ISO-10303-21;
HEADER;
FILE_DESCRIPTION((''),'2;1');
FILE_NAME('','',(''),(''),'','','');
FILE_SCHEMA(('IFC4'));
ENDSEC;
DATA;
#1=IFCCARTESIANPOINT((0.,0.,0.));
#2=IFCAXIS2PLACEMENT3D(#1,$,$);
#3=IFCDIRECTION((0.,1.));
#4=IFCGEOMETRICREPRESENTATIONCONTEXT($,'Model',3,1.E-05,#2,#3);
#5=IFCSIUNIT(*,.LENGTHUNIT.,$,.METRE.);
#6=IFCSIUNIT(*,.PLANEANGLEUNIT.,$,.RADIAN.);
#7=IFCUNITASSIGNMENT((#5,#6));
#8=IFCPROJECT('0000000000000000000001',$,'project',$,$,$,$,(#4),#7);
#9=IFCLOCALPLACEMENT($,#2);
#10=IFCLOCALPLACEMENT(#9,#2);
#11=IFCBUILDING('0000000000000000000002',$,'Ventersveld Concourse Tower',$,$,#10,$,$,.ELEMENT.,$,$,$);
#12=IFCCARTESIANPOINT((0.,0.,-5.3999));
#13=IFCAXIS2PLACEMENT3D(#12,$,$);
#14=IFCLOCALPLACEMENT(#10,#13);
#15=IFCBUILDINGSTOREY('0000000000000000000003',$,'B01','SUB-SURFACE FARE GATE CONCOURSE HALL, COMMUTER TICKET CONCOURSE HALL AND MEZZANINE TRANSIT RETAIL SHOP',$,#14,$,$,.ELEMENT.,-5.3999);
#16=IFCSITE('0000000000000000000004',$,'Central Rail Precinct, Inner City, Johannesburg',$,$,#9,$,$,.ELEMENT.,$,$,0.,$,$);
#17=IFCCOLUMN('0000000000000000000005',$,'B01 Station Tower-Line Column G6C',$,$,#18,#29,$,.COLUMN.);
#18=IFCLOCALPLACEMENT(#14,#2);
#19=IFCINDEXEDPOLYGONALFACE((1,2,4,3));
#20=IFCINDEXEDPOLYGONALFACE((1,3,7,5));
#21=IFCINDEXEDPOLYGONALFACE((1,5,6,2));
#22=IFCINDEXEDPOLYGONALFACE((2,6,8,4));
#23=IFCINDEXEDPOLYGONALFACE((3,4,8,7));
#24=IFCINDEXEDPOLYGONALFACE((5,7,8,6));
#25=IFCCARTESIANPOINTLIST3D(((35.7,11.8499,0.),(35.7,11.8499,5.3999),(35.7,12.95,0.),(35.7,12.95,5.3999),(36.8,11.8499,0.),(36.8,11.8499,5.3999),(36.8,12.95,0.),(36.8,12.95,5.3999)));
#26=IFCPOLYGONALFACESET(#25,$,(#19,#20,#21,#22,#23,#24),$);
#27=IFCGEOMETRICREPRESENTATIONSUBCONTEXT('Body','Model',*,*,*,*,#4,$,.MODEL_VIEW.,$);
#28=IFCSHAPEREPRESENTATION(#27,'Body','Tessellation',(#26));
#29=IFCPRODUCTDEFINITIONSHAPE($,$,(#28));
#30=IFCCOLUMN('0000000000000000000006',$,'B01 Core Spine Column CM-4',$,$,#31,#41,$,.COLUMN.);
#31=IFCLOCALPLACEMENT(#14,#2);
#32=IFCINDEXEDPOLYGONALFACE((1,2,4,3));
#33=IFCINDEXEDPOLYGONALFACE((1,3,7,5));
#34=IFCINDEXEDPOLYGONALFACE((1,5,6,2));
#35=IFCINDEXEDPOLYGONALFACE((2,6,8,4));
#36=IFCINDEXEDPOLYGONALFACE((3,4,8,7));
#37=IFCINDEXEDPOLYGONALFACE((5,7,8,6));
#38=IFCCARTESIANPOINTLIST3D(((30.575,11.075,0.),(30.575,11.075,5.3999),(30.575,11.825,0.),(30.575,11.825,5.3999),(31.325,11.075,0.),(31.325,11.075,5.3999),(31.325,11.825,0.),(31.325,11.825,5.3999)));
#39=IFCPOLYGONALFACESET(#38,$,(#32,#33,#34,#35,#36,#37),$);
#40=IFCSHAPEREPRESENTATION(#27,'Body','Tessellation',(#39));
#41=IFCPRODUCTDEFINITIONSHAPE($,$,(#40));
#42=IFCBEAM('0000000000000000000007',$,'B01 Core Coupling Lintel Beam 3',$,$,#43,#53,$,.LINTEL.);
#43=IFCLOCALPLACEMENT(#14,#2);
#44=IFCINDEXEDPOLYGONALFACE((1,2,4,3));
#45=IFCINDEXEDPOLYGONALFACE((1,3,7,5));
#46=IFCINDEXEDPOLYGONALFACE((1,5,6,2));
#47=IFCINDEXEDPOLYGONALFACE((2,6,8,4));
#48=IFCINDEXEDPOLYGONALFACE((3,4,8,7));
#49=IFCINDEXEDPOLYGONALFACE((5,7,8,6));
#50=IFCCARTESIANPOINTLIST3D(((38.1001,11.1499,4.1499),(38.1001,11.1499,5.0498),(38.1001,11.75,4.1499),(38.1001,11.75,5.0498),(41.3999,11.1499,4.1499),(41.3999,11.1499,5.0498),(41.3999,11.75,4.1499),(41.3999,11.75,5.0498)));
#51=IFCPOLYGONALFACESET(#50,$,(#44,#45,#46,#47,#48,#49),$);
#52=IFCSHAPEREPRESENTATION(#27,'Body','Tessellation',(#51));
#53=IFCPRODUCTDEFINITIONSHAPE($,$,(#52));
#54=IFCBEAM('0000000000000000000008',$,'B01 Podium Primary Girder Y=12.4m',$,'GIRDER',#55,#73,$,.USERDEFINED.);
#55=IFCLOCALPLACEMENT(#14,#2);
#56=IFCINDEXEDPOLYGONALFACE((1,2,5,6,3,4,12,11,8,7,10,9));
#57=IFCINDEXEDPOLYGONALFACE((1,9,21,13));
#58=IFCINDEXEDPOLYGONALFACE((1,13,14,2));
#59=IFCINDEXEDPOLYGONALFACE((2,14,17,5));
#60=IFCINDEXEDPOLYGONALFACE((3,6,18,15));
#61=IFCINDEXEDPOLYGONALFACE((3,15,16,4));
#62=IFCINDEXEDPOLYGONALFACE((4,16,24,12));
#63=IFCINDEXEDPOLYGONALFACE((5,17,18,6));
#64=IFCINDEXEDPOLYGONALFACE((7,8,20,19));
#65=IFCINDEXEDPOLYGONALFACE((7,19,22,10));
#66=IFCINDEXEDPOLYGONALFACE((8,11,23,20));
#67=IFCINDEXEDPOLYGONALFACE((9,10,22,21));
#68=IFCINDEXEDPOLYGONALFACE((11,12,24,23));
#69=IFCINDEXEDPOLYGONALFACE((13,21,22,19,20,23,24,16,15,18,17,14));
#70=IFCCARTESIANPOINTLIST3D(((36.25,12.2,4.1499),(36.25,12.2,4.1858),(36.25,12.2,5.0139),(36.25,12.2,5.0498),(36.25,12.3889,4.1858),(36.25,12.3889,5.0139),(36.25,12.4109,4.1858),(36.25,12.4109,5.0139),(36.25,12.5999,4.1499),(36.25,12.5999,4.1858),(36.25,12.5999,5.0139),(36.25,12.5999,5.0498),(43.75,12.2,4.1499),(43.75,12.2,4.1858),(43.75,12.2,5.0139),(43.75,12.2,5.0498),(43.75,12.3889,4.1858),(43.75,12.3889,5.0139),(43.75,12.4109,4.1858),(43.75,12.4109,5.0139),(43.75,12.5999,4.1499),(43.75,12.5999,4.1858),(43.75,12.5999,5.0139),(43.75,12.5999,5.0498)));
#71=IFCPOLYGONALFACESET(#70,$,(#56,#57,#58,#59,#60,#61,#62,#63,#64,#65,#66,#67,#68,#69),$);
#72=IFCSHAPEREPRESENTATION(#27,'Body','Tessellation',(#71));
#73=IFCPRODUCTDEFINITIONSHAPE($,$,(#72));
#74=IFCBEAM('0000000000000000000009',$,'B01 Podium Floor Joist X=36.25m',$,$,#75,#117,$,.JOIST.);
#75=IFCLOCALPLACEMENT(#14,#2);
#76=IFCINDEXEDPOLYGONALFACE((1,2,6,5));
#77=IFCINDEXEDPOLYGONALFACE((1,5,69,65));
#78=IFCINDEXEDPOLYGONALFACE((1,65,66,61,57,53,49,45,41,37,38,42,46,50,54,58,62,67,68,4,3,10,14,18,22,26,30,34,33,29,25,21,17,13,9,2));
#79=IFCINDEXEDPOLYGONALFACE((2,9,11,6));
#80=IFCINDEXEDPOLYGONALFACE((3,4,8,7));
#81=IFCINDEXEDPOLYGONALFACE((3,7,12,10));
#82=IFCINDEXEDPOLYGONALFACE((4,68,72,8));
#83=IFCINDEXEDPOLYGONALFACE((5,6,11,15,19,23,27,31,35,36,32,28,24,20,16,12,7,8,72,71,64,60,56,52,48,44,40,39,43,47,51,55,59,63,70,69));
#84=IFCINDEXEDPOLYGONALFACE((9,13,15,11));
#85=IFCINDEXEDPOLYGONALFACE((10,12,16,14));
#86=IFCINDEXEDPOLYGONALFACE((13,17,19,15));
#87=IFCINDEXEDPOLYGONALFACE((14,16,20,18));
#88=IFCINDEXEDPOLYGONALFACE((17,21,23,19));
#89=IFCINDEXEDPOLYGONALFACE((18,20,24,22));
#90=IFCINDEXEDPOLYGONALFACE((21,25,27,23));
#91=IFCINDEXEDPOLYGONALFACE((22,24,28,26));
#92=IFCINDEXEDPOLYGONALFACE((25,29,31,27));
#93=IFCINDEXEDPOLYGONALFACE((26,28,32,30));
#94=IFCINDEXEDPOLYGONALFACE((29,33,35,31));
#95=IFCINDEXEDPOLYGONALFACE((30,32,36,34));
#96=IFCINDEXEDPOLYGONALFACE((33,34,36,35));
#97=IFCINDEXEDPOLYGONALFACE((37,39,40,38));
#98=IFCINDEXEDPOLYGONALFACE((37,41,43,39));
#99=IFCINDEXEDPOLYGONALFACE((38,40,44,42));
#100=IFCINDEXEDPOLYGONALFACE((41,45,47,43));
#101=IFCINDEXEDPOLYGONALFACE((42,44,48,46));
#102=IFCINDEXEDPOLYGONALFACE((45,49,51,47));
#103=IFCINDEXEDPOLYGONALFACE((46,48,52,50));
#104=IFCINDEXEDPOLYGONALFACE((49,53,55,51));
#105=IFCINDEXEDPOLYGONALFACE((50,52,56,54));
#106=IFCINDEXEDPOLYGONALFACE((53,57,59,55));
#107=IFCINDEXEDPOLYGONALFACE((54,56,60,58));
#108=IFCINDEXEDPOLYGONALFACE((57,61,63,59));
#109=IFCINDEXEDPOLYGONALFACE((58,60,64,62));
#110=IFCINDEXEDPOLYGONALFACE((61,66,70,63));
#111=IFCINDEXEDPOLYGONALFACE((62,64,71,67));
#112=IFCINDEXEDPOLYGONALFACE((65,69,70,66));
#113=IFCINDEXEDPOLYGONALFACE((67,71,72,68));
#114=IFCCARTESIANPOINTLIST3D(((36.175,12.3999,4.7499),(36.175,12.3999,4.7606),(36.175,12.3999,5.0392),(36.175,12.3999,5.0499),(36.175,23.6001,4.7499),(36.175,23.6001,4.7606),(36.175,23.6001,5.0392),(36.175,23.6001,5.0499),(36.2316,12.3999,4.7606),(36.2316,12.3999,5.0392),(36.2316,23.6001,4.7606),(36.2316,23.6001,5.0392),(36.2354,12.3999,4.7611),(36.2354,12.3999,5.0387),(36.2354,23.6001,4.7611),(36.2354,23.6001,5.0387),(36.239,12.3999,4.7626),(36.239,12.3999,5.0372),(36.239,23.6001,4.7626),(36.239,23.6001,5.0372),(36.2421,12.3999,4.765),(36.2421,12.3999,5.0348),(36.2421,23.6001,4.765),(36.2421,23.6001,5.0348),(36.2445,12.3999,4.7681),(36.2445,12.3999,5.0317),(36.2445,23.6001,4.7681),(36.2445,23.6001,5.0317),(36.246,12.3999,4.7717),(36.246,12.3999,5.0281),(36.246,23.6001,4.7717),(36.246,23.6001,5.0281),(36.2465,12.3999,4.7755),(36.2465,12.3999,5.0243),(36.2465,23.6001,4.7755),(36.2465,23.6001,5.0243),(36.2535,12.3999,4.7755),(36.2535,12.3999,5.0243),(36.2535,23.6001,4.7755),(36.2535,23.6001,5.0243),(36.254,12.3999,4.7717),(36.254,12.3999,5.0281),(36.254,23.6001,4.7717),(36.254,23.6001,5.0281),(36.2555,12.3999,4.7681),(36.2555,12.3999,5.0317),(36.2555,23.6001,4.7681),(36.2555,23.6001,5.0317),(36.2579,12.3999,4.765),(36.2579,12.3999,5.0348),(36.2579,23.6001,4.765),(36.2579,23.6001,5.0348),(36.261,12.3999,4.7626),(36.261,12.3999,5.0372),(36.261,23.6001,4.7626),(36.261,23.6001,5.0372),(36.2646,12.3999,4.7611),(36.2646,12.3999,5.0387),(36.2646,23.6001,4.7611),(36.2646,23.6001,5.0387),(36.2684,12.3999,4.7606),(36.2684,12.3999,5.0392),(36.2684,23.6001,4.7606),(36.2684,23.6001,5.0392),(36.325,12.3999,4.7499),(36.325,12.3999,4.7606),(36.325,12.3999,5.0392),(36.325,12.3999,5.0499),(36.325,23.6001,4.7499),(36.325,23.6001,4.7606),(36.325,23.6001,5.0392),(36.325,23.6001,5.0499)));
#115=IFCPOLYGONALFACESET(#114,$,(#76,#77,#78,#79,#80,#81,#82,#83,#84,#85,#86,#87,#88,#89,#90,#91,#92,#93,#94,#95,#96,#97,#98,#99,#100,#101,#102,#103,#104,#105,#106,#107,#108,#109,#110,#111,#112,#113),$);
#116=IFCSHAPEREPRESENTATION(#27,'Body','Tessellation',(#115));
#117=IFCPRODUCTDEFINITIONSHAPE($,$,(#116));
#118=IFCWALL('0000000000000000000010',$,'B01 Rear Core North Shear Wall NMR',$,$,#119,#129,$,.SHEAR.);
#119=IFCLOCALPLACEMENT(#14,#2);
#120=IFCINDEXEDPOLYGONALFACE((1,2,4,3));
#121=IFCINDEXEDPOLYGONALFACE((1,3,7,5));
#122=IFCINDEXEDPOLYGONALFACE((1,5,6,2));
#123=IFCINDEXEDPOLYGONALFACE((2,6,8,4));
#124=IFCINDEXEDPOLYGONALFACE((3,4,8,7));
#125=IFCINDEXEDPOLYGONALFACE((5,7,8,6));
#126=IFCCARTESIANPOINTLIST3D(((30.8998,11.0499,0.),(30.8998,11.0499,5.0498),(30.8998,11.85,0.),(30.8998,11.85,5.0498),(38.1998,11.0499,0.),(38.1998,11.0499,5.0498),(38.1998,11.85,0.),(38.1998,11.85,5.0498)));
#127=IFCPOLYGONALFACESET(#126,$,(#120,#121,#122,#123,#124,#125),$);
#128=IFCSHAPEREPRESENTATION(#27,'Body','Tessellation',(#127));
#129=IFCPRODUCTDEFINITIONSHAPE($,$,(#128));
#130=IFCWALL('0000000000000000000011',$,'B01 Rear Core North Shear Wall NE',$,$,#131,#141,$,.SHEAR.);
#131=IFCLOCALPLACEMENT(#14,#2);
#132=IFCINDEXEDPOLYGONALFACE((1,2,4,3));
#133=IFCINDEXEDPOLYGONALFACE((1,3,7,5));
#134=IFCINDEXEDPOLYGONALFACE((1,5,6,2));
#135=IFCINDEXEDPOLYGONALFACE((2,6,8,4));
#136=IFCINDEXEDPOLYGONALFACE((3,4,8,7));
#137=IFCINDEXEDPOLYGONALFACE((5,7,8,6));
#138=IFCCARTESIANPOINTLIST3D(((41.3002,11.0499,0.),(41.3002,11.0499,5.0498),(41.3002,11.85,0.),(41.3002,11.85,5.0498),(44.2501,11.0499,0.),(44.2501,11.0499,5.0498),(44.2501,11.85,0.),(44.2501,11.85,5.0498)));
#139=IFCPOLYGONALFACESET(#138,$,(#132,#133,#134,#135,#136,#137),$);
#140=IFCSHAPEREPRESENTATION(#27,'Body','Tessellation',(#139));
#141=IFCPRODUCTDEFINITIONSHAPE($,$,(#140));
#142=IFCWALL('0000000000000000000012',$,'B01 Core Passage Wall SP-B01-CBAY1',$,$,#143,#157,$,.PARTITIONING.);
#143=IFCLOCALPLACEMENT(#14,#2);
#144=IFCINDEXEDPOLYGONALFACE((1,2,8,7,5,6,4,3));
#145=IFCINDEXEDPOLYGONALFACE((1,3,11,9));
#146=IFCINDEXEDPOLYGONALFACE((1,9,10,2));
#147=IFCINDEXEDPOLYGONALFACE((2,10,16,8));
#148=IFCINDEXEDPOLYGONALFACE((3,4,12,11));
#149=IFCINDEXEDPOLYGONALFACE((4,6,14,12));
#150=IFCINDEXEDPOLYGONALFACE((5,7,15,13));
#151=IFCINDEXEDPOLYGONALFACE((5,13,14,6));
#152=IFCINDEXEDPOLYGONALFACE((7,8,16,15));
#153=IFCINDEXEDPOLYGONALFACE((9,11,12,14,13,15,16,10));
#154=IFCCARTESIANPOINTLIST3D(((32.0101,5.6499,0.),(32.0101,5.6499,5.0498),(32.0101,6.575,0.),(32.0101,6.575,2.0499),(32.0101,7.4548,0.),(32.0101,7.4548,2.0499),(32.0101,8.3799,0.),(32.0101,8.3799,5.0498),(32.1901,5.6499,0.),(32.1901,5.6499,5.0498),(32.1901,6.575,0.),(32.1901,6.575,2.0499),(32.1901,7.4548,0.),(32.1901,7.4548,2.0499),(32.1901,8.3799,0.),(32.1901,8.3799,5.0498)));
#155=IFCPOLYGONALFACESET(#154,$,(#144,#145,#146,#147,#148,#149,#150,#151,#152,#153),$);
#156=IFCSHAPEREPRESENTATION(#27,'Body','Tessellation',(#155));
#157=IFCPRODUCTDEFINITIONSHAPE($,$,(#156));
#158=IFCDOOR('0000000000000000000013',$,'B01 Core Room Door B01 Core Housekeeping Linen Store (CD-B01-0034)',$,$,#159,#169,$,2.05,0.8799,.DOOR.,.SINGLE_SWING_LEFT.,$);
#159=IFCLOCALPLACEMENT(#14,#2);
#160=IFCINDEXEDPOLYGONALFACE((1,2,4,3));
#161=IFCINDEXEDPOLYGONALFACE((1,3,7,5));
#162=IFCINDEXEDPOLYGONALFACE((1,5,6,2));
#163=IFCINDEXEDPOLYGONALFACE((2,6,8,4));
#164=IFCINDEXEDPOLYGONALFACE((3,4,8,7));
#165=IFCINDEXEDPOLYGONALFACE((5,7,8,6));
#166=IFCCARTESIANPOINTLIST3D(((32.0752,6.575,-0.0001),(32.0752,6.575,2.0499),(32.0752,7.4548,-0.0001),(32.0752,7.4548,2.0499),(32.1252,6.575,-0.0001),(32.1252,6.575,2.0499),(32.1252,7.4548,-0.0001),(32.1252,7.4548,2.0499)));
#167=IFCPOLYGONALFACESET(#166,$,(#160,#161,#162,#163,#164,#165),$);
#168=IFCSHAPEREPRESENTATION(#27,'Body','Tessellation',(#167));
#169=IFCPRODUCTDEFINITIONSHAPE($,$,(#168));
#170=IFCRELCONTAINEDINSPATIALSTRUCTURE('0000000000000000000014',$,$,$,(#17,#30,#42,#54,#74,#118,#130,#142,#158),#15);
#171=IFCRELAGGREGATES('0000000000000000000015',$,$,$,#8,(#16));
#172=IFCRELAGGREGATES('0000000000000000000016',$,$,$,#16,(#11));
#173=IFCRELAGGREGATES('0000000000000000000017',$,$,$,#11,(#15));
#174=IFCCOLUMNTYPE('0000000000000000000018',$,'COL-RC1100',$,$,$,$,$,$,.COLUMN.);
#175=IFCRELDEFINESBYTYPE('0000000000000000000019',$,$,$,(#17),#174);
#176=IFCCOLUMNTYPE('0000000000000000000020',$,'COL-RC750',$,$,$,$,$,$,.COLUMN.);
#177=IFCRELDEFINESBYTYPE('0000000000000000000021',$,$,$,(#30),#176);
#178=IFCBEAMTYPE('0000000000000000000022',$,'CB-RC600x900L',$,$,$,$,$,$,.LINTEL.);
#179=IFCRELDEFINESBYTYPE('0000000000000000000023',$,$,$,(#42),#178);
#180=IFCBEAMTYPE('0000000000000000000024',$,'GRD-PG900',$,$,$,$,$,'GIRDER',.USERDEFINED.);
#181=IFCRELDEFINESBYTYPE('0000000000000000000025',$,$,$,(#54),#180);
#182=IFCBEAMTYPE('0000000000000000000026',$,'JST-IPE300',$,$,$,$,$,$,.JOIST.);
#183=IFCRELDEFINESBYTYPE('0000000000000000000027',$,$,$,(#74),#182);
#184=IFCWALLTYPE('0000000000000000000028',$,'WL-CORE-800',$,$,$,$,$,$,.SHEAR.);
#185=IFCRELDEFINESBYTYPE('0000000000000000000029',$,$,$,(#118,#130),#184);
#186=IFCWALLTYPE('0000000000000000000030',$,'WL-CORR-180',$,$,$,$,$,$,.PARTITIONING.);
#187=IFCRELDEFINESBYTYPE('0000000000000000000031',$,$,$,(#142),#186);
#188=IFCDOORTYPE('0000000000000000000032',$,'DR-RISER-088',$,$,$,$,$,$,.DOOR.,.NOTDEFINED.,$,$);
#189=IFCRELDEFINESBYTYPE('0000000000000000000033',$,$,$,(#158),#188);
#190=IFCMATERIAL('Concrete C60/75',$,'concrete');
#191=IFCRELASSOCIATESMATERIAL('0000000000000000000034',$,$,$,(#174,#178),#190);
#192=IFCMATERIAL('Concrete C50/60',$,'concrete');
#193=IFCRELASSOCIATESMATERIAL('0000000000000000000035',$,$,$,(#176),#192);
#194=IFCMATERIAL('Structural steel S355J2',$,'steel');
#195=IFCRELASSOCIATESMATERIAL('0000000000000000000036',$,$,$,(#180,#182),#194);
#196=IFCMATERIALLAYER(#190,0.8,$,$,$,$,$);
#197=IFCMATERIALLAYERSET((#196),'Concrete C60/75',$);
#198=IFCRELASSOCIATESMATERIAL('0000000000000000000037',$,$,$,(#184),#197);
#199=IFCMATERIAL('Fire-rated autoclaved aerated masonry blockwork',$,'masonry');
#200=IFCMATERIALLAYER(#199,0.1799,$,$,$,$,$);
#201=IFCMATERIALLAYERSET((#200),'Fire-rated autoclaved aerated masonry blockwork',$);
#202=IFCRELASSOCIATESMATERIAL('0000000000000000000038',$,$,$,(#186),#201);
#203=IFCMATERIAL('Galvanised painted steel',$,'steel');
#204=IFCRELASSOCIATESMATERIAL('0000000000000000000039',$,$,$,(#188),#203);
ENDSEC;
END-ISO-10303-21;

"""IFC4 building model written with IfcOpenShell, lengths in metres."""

from ifc_helpers import new_model, si_unit, direction, frame, frame_2d, origin, origin_2d, place, context, subcontext, project, spatial, rectangle, i_section, extrude, material, layer, layer_set, material_profile, profile_set, type_object, element, fill, save


model = new_model("IFC4")

# Units and contexts
model_context = context("Model", 3, precision=1e-05, world=origin(), true_north=direction((0.0, 1.0)))
body_context = subcontext(model_context, "Body", "Model", "MODEL_VIEW")
ifc_project = project(units=[si_unit("LENGTHUNIT", "METRE"), si_unit("PLANEANGLEUNIT", "RADIAN")], contexts=[model_context])

# Site, building, storey
site_placement = place(None, origin())
site = spatial("IfcSite", under=ifc_project, at=site_placement, Name="Central Rail Precinct, Inner City, Johannesburg", CompositionType="ELEMENT", RefElevation=0.0)
building_placement = place(site_placement, origin())
building = spatial("IfcBuilding", under=site, at=building_placement, Name="Ventersveld Concourse Tower", CompositionType="ELEMENT")
storey_placement = place(building_placement, frame((0.0, 0.0, -5.3999)))
storey = spatial("IfcBuildingStorey", under=building, at=storey_placement, Name="B01", Description="SUB-SURFACE FARE GATE CONCOURSE HALL, COMMUTER TICKET CONCOURSE HALL AND MEZZANINE TRANSIT RETAIL SHOP", CompositionType="ELEMENT", Elevation=-5.3999)

# Columns
ifc_material_1 = material(Name="Concrete C60/75", Category="concrete")
ifc_material_profile_1 = material_profile(ifc_material_1, rectangle(XDim=1.1001, YDim=1.1001, at=origin_2d()), Name="RC 1100x1100")
ifc_profile_set_1 = profile_set([ifc_material_profile_1], Name="Concrete C60/75")
column_type_1 = type_object("IfcColumnType", Name="COL-RC1100", PredefinedType="COLUMN", material=ifc_profile_set_1)
column_1_placement = place(storey_placement, frame((36.25, 12.3999, 0.0), z_axis=(0.0, 0.0, 1.0), x_axis=(1.0, 0.0, 0.0)))
element("IfcColumn", 1, at=column_1_placement, inside=storey, type_object=column_type_1, Name="B01 Station Tower-Line Column G6C", PredefinedType="COLUMN", context=body_context, shape_type="SweptSolid", body=[
    extrude(rectangle(XDim=1.1001, YDim=1.1001, at=origin_2d()), origin(), (0.0, 0.0, 1.0), 5.3999),
])
ifc_material_2 = material(Name="Concrete C50/60", Category="concrete")
ifc_material_profile_2 = material_profile(ifc_material_2, rectangle(XDim=0.75, YDim=0.75, at=origin_2d()), Name="RC 750x750")
ifc_profile_set_2 = profile_set([ifc_material_profile_2], Name="Concrete C50/60")
column_type_2 = type_object("IfcColumnType", Name="COL-RC750", PredefinedType="COLUMN", material=ifc_profile_set_2)
column_2_placement = place(storey_placement, frame((30.95, 11.45, 0.0), z_axis=(0.0, 0.0, 1.0), x_axis=(1.0, 0.0, 0.0)))
element("IfcColumn", 2, at=column_2_placement, inside=storey, type_object=column_type_2, Name="B01 Core Spine Column CM-4", PredefinedType="COLUMN", context=body_context, shape_type="SweptSolid", body=[
    extrude(rectangle(XDim=0.75, YDim=0.75, at=origin_2d()), origin(), (0.0, 0.0, 1.0), 5.3999),
])

# Beams
ifc_material_profile_3 = material_profile(ifc_material_1, rectangle(XDim=0.6001, YDim=0.8999, at=origin_2d()), Name="RC 600x900")
ifc_profile_set_3 = profile_set([ifc_material_profile_3], Name="Concrete C60/75")
beam_type_1 = type_object("IfcBeamType", Name="CB-RC600x900L", PredefinedType="LINTEL", material=ifc_profile_set_3)
beam_1_placement = place(storey_placement, frame((38.1001, 11.45, 4.5999), z_axis=(1.0, 0.0, 0.0), x_axis=(0.0, 1.0, 0.0)))
element("IfcBeam", 3, at=beam_1_placement, inside=storey, type_object=beam_type_1, Name="B01 Core Coupling Lintel Beam 3", PredefinedType="LINTEL", context=body_context, shape_type="SweptSolid", body=[
    extrude(rectangle(XDim=0.6001, YDim=0.8999, at=origin_2d()), origin(), (0.0, 0.0, 1.0), 3.2998),
])
ifc_material_3 = material(Name="Structural steel S355J2", Category="steel")
ifc_material_profile_4 = material_profile(ifc_material_3, i_section(OverallWidth=0.3999, OverallDepth=0.8999, WebThickness=0.022, FlangeThickness=0.0359, at=origin_2d()), Name="PG 900x400x36")
ifc_profile_set_4 = profile_set([ifc_material_profile_4], Name="Structural steel S355J2")
beam_type_2 = type_object("IfcBeamType", Name="GRD-PG900", ElementType="GIRDER", PredefinedType="USERDEFINED", material=ifc_profile_set_4)
beam_2_placement = place(storey_placement, frame((36.25, 12.3999, 4.5999), z_axis=(1.0, 0.0, 0.0), x_axis=(0.0, 1.0, 0.0)))
element("IfcBeam", 4, at=beam_2_placement, inside=storey, type_object=beam_type_2, Name="B01 Podium Primary Girder Y=12.4m", ObjectType="GIRDER", PredefinedType="USERDEFINED", context=body_context, shape_type="SweptSolid", body=[
    extrude(i_section(OverallWidth=0.3999, OverallDepth=0.8999, WebThickness=0.022, FlangeThickness=0.0359, at=origin_2d()), origin(), (0.0, 0.0, 1.0), 7.5),
])
ifc_material_profile_5 = material_profile(ifc_material_3, i_section(OverallWidth=0.1499, OverallDepth=0.3, WebThickness=0.0071, FlangeThickness=0.0107, FilletRadius=0.0149, at=origin_2d()), Name="IPE 300")
ifc_profile_set_5 = profile_set([ifc_material_profile_5], Name="Structural steel S355J2")
beam_type_3 = type_object("IfcBeamType", Name="JST-IPE300", PredefinedType="JOIST", material=ifc_profile_set_5)
beam_3_placement = place(storey_placement, frame((36.25, 12.3999, 4.8999), z_axis=(0.0, 1.0, 0.0), x_axis=(-1.0, 0.0, 0.0)))
element("IfcBeam", 5, at=beam_3_placement, inside=storey, type_object=beam_type_3, Name="B01 Podium Floor Joist X=36.25m", PredefinedType="JOIST", context=body_context, shape_type="SweptSolid", body=[
    extrude(i_section(OverallWidth=0.1499, OverallDepth=0.3, WebThickness=0.0071, FlangeThickness=0.0107, FilletRadius=0.0149, at=origin_2d()), origin(), (0.0, 0.0, 1.0), 11.2002),
])

# Walls
ifc_layer_1 = layer(ifc_material_1, 0.8)
ifc_layer_set_1 = layer_set([ifc_layer_1], Name="Concrete C60/75")
wall_type_1 = type_object("IfcWallType", Name="WL-CORE-800", PredefinedType="SHEAR", material=ifc_layer_set_1)
wall_1_placement = place(storey_placement, frame((30.8999, 11.45, 0.0), z_axis=(0.0, 0.0, 1.0), x_axis=(1.0, 0.0, 0.0)))
element("IfcWall", 6, at=wall_1_placement, inside=storey, type_object=wall_type_1, Name="B01 Rear Core North Shear Wall NMR", PredefinedType="SHEAR", context=body_context, shape_type="SweptSolid", body=[
    extrude(rectangle(XDim=7.3, YDim=0.8, at=frame_2d((3.6499, 0.0))), origin(), (0.0, 0.0, 1.0), 5.0498),
])
wall_2_placement = place(storey_placement, frame((41.3, 11.45, 0.0), z_axis=(0.0, 0.0, 1.0), x_axis=(1.0, 0.0, 0.0)))
element("IfcWall", 7, at=wall_2_placement, inside=storey, type_object=wall_type_1, Name="B01 Rear Core North Shear Wall NE", PredefinedType="SHEAR", context=body_context, shape_type="SweptSolid", body=[
    extrude(rectangle(XDim=2.95, YDim=0.8, at=frame_2d((1.4751, 0.0))), origin(), (0.0, 0.0, 1.0), 5.0498),
])

# Wall, opening, door
ifc_material_4 = material(Name="Fire-rated autoclaved aerated masonry blockwork", Category="masonry")
ifc_layer_2 = layer(ifc_material_4, 0.1799)
ifc_layer_set_2 = layer_set([ifc_layer_2], Name="Fire-rated autoclaved aerated masonry blockwork")
wall_type_2 = type_object("IfcWallType", Name="WL-CORR-180", PredefinedType="PARTITIONING", material=ifc_layer_set_2)
wall_3_placement = place(storey_placement, frame((32.1001, 5.6499, 0.0), z_axis=(0.0, 0.0, 1.0), x_axis=(0.0, 1.0, 0.0)))
wall_3 = element("IfcWall", 8, at=wall_3_placement, inside=storey, type_object=wall_type_2, Name="B01 Core Passage Wall SP-B01-CBAY1", PredefinedType="PARTITIONING", context=body_context, shape_type="SweptSolid", body=[
    extrude(rectangle(XDim=2.73, YDim=0.1799, at=frame_2d((1.365, 0.0))), origin(), (0.0, 0.0, 1.0), 5.0498),
])
opening_1_placement = place(wall_3_placement, frame((0.925, 0.0, 0.0)))
opening_1 = element("IfcOpeningElement", 9, at=opening_1_placement, cuts=wall_3, PredefinedType="OPENING", context=body_context, shape_type="SweptSolid", body=[
    extrude(rectangle(XDim=0.8799, YDim=2.05, at=frame_2d((0.4399, 1.0249))), frame((0.0, 0.1001, 0.0), z_axis=(0.0, -1.0, 0.0), x_axis=(1.0, 0.0, 0.0)), (0.0, 0.0, 1.0), 0.2),
])
ifc_material_5 = material(Name="Galvanised painted steel", Category="steel")
door_type_1 = type_object("IfcDoorType", Name="DR-RISER-088", OperationType="NOTDEFINED", PredefinedType="DOOR", material=ifc_material_5)
door_1_placement = place(opening_1_placement, origin())
door_1 = element("IfcDoor", 10, at=door_1_placement, inside=storey, type_object=door_type_1, Name="B01 Core Room Door B01 Core Housekeeping Linen Store (CD-B01-0034)", OperationType="SINGLE_SWING_LEFT", OverallHeight=2.05, OverallWidth=0.8799, PredefinedType="DOOR", context=body_context, shape_type="SweptSolid", body=[
    extrude(rectangle(XDim=0.8799, YDim=2.05, at=frame_2d((0.4399, 1.0249))), frame((0.0, 0.0249, 0.0), z_axis=(0.0, -1.0, 0.0), x_axis=(1.0, 0.0, 0.0)), (0.0, 0.0, 1.0), 0.05),
])
fill(opening_1, door_1)

save(model, "model.ifc")
